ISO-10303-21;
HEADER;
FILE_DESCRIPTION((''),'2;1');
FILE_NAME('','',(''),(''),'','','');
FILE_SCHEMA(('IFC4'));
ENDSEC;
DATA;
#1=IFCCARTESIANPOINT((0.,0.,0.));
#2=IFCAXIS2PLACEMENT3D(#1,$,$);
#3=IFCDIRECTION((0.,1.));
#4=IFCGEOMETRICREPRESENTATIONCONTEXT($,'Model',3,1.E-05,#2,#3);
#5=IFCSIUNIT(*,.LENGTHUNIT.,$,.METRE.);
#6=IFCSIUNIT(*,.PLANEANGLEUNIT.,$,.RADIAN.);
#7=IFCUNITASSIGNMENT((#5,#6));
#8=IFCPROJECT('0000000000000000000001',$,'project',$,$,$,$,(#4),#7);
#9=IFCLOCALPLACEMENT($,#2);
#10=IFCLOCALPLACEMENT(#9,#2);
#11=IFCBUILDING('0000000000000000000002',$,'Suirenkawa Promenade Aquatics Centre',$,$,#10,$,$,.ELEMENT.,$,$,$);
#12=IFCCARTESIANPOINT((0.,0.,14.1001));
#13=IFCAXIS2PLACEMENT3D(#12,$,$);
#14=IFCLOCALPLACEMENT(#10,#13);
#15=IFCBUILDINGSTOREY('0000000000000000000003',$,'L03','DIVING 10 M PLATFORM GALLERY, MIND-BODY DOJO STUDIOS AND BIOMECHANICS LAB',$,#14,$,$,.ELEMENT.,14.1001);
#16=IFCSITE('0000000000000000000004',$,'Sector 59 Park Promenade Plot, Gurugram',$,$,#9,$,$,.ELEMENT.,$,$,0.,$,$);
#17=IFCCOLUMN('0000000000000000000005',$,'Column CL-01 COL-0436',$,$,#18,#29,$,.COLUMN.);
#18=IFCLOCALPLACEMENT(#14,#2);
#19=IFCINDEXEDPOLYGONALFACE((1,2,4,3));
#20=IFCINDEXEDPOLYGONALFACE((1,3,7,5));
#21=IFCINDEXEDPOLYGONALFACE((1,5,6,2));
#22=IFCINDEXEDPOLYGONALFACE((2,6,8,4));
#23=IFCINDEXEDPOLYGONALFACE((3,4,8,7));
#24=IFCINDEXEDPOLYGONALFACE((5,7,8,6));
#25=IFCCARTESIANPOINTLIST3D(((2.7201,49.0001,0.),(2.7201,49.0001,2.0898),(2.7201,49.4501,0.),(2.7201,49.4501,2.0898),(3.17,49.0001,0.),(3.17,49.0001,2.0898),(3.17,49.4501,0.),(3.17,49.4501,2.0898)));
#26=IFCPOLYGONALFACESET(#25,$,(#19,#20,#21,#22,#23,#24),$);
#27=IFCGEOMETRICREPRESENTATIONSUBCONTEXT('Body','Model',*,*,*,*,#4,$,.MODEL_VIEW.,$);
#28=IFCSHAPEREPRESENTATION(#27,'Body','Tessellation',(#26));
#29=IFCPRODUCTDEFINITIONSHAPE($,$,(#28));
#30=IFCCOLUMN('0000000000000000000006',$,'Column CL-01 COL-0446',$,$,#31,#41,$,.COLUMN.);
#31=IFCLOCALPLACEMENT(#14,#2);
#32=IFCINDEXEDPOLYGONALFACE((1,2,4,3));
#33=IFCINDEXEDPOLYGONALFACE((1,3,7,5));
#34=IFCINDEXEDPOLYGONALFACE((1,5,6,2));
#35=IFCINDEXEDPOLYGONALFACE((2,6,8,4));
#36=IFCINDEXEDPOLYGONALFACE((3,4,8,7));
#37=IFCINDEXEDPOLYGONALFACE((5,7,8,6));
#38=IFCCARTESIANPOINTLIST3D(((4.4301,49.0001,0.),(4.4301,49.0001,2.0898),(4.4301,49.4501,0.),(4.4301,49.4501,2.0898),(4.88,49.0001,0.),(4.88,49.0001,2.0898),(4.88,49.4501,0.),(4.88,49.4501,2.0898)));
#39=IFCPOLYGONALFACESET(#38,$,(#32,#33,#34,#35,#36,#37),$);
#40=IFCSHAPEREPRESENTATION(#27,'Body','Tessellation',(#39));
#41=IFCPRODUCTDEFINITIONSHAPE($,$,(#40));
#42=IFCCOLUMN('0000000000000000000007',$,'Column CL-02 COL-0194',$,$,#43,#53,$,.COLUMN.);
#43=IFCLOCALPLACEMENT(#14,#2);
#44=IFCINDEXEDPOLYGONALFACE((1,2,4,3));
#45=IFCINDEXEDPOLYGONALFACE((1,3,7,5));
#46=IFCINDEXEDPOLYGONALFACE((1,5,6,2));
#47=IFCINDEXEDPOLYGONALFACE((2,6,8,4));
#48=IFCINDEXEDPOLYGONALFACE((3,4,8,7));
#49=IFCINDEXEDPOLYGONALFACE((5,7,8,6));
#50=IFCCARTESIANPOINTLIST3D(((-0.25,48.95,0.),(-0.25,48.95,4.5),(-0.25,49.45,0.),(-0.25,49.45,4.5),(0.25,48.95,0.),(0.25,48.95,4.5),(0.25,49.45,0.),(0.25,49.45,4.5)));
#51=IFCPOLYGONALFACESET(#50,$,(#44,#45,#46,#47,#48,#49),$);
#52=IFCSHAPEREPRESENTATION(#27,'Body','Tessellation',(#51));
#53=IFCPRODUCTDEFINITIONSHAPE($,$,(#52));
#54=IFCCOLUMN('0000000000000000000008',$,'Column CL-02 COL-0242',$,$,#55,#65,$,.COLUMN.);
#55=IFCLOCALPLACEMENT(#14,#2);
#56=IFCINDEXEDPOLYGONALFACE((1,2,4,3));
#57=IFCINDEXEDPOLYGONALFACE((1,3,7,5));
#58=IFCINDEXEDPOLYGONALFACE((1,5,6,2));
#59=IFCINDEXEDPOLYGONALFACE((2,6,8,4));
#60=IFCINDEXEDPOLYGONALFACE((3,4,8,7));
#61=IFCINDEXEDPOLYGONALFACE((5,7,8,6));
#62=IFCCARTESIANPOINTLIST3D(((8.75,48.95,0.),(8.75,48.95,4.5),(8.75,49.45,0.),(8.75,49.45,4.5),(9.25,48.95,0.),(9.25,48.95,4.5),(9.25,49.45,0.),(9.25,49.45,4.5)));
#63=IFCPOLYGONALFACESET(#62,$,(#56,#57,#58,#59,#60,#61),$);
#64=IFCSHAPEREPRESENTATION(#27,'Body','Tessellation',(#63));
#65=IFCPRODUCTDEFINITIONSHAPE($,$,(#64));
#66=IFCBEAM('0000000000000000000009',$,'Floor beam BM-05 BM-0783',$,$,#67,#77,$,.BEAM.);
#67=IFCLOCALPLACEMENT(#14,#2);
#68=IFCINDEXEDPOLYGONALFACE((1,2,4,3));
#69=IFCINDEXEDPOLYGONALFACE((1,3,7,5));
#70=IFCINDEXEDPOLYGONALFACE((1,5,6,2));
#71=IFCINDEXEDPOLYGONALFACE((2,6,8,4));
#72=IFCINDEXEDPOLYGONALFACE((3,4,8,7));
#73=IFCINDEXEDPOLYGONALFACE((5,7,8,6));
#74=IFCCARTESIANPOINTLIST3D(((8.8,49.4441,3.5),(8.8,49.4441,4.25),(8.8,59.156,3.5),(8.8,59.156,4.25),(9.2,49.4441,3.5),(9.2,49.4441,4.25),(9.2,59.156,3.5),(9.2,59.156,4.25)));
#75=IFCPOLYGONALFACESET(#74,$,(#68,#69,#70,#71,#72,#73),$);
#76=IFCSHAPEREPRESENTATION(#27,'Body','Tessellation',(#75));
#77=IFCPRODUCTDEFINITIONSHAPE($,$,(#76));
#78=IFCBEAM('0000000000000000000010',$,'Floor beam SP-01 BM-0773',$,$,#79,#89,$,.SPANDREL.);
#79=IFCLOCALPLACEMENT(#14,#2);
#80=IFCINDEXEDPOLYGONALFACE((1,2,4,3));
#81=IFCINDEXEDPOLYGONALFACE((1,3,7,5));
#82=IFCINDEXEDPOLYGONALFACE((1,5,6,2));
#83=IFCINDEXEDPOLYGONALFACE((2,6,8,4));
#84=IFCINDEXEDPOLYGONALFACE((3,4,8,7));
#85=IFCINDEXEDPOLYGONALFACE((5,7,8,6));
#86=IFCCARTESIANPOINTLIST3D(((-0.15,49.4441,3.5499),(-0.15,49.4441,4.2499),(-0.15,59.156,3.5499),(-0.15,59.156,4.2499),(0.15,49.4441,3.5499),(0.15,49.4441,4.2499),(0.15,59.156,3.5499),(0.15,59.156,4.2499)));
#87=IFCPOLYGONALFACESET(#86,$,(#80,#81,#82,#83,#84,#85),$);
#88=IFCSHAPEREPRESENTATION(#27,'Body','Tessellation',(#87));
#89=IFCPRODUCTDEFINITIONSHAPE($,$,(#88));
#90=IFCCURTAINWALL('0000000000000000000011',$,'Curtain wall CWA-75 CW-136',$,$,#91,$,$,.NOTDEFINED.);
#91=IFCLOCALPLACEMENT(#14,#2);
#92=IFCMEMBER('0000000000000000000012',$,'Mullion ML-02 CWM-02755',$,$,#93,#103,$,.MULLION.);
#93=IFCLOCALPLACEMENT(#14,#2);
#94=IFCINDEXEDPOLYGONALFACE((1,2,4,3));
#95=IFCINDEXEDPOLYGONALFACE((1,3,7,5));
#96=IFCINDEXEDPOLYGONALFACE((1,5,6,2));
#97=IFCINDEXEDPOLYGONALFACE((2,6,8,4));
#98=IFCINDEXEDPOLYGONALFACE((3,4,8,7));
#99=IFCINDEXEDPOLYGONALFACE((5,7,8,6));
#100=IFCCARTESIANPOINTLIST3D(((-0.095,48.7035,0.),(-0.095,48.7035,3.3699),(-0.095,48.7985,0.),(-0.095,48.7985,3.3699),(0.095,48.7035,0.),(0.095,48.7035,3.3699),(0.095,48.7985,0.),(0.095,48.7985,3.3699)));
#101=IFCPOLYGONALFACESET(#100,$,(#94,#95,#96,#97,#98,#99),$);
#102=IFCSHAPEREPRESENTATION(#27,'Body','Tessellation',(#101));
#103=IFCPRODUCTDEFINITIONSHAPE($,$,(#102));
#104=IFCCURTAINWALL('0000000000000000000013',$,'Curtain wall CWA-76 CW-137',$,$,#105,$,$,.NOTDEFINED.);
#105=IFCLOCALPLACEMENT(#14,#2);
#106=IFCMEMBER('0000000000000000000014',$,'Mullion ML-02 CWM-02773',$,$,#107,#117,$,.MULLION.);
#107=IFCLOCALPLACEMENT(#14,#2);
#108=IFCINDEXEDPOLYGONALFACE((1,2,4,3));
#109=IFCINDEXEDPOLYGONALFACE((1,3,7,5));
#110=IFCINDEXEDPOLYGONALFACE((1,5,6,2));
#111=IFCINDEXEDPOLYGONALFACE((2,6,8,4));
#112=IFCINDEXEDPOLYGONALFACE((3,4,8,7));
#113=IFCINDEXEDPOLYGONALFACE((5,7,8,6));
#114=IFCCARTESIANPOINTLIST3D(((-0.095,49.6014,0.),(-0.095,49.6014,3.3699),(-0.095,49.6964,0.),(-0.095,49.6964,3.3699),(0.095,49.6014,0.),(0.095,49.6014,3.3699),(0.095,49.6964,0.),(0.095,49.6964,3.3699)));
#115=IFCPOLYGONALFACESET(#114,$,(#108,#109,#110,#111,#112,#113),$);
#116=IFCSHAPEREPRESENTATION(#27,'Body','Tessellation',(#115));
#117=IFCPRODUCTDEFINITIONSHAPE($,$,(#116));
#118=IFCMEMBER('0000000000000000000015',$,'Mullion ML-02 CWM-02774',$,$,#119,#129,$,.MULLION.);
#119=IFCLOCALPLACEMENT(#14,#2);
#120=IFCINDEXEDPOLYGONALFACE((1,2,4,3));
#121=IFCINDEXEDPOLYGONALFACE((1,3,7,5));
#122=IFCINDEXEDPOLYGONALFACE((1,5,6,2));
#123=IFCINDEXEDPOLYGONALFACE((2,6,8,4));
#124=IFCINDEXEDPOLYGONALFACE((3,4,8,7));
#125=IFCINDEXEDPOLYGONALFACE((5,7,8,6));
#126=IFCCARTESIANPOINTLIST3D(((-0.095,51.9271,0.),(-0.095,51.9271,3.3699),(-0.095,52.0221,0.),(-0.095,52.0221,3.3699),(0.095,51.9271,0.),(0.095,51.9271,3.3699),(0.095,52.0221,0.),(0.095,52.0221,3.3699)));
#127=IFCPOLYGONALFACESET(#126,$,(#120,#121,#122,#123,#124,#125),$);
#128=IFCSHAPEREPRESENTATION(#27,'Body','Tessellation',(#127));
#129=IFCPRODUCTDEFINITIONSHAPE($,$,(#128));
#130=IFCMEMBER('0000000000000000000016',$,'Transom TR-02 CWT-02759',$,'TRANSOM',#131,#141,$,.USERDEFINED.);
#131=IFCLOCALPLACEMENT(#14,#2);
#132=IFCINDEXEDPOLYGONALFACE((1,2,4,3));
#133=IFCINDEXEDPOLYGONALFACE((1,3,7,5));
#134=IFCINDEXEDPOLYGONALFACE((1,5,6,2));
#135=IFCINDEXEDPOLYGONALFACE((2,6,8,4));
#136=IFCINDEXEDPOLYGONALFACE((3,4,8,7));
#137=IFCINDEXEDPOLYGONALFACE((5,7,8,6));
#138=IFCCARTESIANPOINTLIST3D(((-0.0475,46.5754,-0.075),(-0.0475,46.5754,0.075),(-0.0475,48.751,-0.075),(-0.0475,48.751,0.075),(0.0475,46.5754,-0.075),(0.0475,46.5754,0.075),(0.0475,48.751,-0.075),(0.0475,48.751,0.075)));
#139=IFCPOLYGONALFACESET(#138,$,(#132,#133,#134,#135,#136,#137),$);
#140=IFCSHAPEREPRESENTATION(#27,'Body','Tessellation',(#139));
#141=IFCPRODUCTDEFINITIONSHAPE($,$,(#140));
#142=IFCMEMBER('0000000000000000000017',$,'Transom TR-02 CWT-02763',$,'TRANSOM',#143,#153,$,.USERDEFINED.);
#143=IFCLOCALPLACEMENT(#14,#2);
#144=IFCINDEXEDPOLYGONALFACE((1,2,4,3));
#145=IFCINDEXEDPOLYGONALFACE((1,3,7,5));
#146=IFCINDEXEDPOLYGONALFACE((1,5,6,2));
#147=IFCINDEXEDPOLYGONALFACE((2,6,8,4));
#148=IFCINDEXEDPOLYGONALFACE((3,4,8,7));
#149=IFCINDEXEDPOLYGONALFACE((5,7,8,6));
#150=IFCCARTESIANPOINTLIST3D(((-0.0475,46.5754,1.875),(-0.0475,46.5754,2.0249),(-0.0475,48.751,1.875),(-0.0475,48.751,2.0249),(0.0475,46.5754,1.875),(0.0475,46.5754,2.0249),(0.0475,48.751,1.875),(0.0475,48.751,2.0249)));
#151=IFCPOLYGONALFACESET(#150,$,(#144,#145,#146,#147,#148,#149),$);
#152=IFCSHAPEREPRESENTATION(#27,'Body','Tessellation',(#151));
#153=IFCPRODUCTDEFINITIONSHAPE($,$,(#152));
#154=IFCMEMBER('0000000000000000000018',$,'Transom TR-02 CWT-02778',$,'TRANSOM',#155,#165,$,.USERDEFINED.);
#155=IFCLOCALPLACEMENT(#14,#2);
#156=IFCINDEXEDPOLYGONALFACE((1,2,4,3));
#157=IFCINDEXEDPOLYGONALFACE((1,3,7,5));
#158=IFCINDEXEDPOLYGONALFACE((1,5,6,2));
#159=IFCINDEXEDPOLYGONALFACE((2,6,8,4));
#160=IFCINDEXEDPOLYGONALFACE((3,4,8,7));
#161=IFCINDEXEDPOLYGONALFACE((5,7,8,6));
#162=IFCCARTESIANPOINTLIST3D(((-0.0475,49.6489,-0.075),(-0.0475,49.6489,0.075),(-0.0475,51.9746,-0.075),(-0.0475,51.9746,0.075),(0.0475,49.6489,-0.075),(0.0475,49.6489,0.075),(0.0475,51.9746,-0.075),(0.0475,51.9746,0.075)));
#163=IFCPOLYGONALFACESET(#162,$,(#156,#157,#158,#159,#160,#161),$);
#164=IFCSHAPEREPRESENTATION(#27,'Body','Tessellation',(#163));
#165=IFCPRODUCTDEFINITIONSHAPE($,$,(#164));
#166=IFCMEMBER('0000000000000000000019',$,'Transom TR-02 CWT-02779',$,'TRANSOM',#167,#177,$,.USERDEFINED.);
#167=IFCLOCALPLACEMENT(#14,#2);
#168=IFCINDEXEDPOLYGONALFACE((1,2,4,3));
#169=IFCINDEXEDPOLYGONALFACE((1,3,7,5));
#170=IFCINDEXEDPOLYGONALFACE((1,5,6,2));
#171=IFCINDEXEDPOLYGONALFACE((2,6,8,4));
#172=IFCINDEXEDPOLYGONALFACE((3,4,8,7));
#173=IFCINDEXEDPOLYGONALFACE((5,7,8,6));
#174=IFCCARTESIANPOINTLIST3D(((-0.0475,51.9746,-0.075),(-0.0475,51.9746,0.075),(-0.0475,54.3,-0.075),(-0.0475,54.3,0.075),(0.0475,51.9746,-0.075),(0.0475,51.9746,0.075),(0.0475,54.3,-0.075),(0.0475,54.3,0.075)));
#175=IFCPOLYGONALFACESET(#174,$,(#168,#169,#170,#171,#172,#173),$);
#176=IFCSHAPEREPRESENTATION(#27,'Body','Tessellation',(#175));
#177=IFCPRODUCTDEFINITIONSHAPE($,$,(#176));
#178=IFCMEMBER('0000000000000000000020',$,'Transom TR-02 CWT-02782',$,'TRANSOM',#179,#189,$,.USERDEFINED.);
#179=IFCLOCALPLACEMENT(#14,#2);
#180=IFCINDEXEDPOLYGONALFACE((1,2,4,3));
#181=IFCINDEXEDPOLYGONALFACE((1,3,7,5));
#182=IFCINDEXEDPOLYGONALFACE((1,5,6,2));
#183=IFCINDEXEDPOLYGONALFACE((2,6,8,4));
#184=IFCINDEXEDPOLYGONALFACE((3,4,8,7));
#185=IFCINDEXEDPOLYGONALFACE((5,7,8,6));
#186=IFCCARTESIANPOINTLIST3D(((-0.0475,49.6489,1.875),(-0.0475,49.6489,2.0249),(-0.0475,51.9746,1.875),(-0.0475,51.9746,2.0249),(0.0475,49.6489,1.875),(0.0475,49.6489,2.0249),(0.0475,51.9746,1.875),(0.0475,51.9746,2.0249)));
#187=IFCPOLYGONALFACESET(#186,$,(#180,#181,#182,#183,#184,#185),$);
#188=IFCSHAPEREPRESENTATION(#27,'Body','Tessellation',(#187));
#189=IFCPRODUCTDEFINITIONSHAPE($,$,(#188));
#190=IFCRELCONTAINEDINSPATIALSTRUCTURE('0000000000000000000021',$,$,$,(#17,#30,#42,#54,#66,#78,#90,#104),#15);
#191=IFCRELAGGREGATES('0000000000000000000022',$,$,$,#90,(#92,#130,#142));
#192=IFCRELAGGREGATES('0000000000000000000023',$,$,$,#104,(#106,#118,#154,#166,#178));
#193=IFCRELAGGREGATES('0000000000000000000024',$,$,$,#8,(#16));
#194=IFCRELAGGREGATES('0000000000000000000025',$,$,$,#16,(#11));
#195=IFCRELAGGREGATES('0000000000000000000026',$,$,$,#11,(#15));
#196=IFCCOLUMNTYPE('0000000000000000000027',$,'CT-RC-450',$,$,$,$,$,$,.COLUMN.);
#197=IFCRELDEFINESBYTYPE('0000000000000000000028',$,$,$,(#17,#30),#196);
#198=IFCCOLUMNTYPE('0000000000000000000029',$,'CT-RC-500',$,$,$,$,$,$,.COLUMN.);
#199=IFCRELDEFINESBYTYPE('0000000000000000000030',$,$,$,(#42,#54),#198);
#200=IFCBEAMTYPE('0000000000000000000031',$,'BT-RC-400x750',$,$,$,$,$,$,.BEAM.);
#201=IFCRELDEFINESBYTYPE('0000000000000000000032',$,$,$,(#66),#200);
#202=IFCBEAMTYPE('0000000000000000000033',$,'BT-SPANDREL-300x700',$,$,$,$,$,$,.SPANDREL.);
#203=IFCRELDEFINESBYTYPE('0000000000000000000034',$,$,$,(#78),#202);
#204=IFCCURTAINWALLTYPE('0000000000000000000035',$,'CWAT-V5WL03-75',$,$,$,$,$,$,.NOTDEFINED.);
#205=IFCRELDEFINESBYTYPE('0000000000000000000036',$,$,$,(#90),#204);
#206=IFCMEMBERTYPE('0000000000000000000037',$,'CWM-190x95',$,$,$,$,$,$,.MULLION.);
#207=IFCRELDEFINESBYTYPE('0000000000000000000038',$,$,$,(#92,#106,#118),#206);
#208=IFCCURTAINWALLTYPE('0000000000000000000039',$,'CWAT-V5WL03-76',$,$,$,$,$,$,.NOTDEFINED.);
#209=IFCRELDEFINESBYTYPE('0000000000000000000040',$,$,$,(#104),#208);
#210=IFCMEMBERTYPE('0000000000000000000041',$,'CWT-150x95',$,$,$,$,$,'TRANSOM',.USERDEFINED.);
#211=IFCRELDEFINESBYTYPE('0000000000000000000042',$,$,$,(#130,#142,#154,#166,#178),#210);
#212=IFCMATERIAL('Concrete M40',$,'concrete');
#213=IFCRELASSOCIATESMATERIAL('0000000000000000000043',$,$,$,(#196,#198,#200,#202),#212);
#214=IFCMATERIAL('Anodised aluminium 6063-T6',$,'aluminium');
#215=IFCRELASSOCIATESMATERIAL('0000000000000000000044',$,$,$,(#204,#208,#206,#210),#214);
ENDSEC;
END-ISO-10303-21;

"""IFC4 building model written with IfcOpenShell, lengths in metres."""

from ifc_helpers import new_model, si_unit, direction, frame, origin, origin_2d, place, context, subcontext, project, spatial, rectangle, extrude, material, material_profile, profile_set, type_object, element, aggregate, save


model = new_model("IFC4")

# Units and contexts
model_context = context("Model", 3, precision=1e-05, world=origin(), true_north=direction((0.0, 1.0)))
body_context = subcontext(model_context, "Body", "Model", "MODEL_VIEW")
ifc_project = project(units=[si_unit("LENGTHUNIT", "METRE"), si_unit("PLANEANGLEUNIT", "RADIAN")], contexts=[model_context])

# Site, building, storey
site_placement = place(None, origin())
site = spatial("IfcSite", under=ifc_project, at=site_placement, Name="Sector 59 Park Promenade Plot, Gurugram", CompositionType="ELEMENT", RefElevation=0.0)
building_placement = place(site_placement, origin())
building = spatial("IfcBuilding", under=site, at=building_placement, Name="Suirenkawa Promenade Aquatics Centre", CompositionType="ELEMENT")
storey_placement = place(building_placement, frame((0.0, 0.0, 14.1001)))
storey = spatial("IfcBuildingStorey", under=building, at=storey_placement, Name="L03", Description="DIVING 10 M PLATFORM GALLERY, MIND-BODY DOJO STUDIOS AND BIOMECHANICS LAB", CompositionType="ELEMENT", Elevation=14.1001)

# Columns
ifc_material_1 = material(Name="Concrete M40", Category="concrete")
ifc_material_profile_1 = material_profile(ifc_material_1, rectangle(XDim=0.45, YDim=0.45, at=origin_2d()), Name="RC COL 450x450", Category="concrete")
ifc_profile_set_1 = profile_set([ifc_material_profile_1], Name="Concrete M40")
column_type_1 = type_object("IfcColumnType", Name="CT-RC-450", PredefinedType="COLUMN", material=ifc_profile_set_1)
for number, where, z_axis, x_axis, name in (
    (1, (2.9451, 49.2251, 0.0), (0.0, 0.0, 1.0), (1.0, 0.0, 0.0), "Column CL-01 COL-0436"),
    (2, (4.655, 49.2251, 0.0), (0.0, 0.0, 1.0), (1.0, 0.0, 0.0), "Column CL-01 COL-0446"),
):
    element("IfcColumn", number, at=place(storey_placement, frame(where, z_axis=z_axis, x_axis=x_axis)), inside=storey, type_object=column_type_1, Name=name, PredefinedType="COLUMN", context=body_context, shape_type="SweptSolid", body=[
        extrude(rectangle(XDim=0.45, YDim=0.45, at=origin_2d()), origin(), (0.0, 0.0, 1.0), 2.0898),
    ])
ifc_material_profile_2 = material_profile(ifc_material_1, rectangle(XDim=0.5, YDim=0.5, at=origin_2d()), Name="RC COL 500x500", Category="concrete")
ifc_profile_set_2 = profile_set([ifc_material_profile_2], Name="Concrete M40")
column_type_2 = type_object("IfcColumnType", Name="CT-RC-500", PredefinedType="COLUMN", material=ifc_profile_set_2)
for number, where, z_axis, x_axis, name in (
    (3, (0.0, 49.2, 0.0), (0.0, 0.0, 1.0), (1.0, 0.0, 0.0), "Column CL-02 COL-0194"),
    (4, (9.0, 49.2, 0.0), (0.0, 0.0, 1.0), (1.0, 0.0, 0.0), "Column CL-02 COL-0242"),
):
    element("IfcColumn", number, at=place(storey_placement, frame(where, z_axis=z_axis, x_axis=x_axis)), inside=storey, type_object=column_type_2, Name=name, PredefinedType="COLUMN", context=body_context, shape_type="SweptSolid", body=[
        extrude(rectangle(XDim=0.5, YDim=0.5, at=origin_2d()), origin(), (0.0, 0.0, 1.0), 4.5),
    ])

# Beams
ifc_material_profile_3 = material_profile(ifc_material_1, rectangle(XDim=0.3999, YDim=0.75, at=origin_2d()), Name="RC BM 400x750", Category="concrete")
ifc_profile_set_3 = profile_set([ifc_material_profile_3], Name="Concrete M40")
beam_type_1 = type_object("IfcBeamType", Name="BT-RC-400x750", PredefinedType="BEAM", material=ifc_profile_set_3)
beam_1_placement = place(storey_placement, frame((9.0, 49.4441, 3.875), z_axis=(0.0, 1.0, 0.0), x_axis=(-1.0, 0.0, 0.0)))
element("IfcBeam", 5, at=beam_1_placement, inside=storey, type_object=beam_type_1, Name="Floor beam BM-05 BM-0783", PredefinedType="BEAM", context=body_context, shape_type="SweptSolid", body=[
    extrude(rectangle(XDim=0.3999, YDim=0.75, at=origin_2d()), origin(), (0.0, 0.0, 1.0), 9.7119),
])
ifc_material_profile_4 = material_profile(ifc_material_1, rectangle(XDim=0.3, YDim=0.7, at=origin_2d()), Name="RC SPANDREL 300x700", Category="concrete")
ifc_profile_set_4 = profile_set([ifc_material_profile_4], Name="Concrete M40")
beam_type_2 = type_object("IfcBeamType", Name="BT-SPANDREL-300x700", PredefinedType="SPANDREL", material=ifc_profile_set_4)
beam_2_placement = place(storey_placement, frame((0.0, 49.4441, 3.8999), z_axis=(0.0, 1.0, 0.0), x_axis=(-1.0, 0.0, 0.0)))
element("IfcBeam", 6, at=beam_2_placement, inside=storey, type_object=beam_type_2, Name="Floor beam SP-01 BM-0773", PredefinedType="SPANDREL", context=body_context, shape_type="SweptSolid", body=[
    extrude(rectangle(XDim=0.3, YDim=0.7, at=origin_2d()), origin(), (0.0, 0.0, 1.0), 9.7119),
])

# Curtain wall, member
ifc_material_2 = material(Name="Anodised aluminium 6063-T6", Category="aluminium")
curtain_wall_type_1 = type_object("IfcCurtainWallType", Name="CWAT-V5WL03-75", PredefinedType="NOTDEFINED", material=ifc_material_2)
curtain_wall_1_placement = place(storey_placement, origin())
curtain_wall_1 = element("IfcCurtainWall", 7, at=curtain_wall_1_placement, inside=storey, type_object=curtain_wall_type_1, Name="Curtain wall CWA-75 CW-136", PredefinedType="NOTDEFINED")
ifc_material_profile_5 = material_profile(ifc_material_2, rectangle(XDim=0.095, YDim=0.1899, at=origin_2d()), Name="ALU MULL 95x190", Category="aluminium")
ifc_profile_set_5 = profile_set([ifc_material_profile_5], Name="Anodised aluminium 6063-T6")
member_type_1 = type_object("IfcMemberType", Name="CWM-190x95", PredefinedType="MULLION", material=ifc_profile_set_5)
member_1_placement = place(storey_placement, frame((0.0, 48.751, 0.0), z_axis=(0.0, 0.0, 1.0), x_axis=(0.0, 1.0, 0.0)))
member_1 = element("IfcMember", 8, at=member_1_placement, type_object=member_type_1, Name="Mullion ML-02 CWM-02755", PredefinedType="MULLION", context=body_context, shape_type="SweptSolid", body=[
    extrude(rectangle(XDim=0.095, YDim=0.1899, at=origin_2d()), origin(), (0.0, 0.0, 1.0), 3.3699),
])

# Curtain wall, members
curtain_wall_type_2 = type_object("IfcCurtainWallType", Name="CWAT-V5WL03-76", PredefinedType="NOTDEFINED", material=ifc_material_2)
curtain_wall_2_placement = place(storey_placement, origin())
curtain_wall_2 = element("IfcCurtainWall", 9, at=curtain_wall_2_placement, inside=storey, type_object=curtain_wall_type_2, Name="Curtain wall CWA-76 CW-137", PredefinedType="NOTDEFINED")
member_2_placement = place(storey_placement, frame((0.0, 49.6489, 0.0), z_axis=(0.0, 0.0, 1.0), x_axis=(0.0, 1.0, 0.0)))
member_2 = element("IfcMember", 10, at=member_2_placement, type_object=member_type_1, Name="Mullion ML-02 CWM-02773", PredefinedType="MULLION", context=body_context, shape_type="SweptSolid", body=[
    extrude(rectangle(XDim=0.095, YDim=0.1899, at=origin_2d()), origin(), (0.0, 0.0, 1.0), 3.3699),
])
member_3_placement = place(storey_placement, frame((0.0, 51.9746, 0.0), z_axis=(0.0, 0.0, 1.0), x_axis=(0.0, 1.0, 0.0)))
member_3 = element("IfcMember", 11, at=member_3_placement, type_object=member_type_1, Name="Mullion ML-02 CWM-02774", PredefinedType="MULLION", context=body_context, shape_type="SweptSolid", body=[
    extrude(rectangle(XDim=0.095, YDim=0.1899, at=origin_2d()), origin(), (0.0, 0.0, 1.0), 3.3699),
])

# Members
ifc_material_profile_6 = material_profile(ifc_material_2, rectangle(XDim=0.095, YDim=0.1499, at=origin_2d()), Name="ALU TRAN 95x150", Category="aluminium")
ifc_profile_set_6 = profile_set([ifc_material_profile_6], Name="Anodised aluminium 6063-T6")
member_type_2 = type_object("IfcMemberType", Name="CWT-150x95", ElementType="TRANSOM", PredefinedType="USERDEFINED", material=ifc_profile_set_6)
member_4_placement = place(storey_placement, frame((0.0, 46.5754, 0.0), z_axis=(0.0, 1.0, 0.0), x_axis=(-1.0, 0.0, 0.0)))
member_4 = element("IfcMember", 12, at=member_4_placement, type_object=member_type_2, Name="Transom TR-02 CWT-02759", ObjectType="TRANSOM", PredefinedType="USERDEFINED", context=body_context, shape_type="SweptSolid", body=[
    extrude(rectangle(XDim=0.095, YDim=0.1499, at=origin_2d()), origin(), (0.0, 0.0, 1.0), 2.1755),
])
member_5_placement = place(storey_placement, frame((0.0, 46.5754, 1.95), z_axis=(0.0, 1.0, 0.0), x_axis=(-1.0, 0.0, 0.0)))
member_5 = element("IfcMember", 13, at=member_5_placement, type_object=member_type_2, Name="Transom TR-02 CWT-02763", ObjectType="TRANSOM", PredefinedType="USERDEFINED", context=body_context, shape_type="SweptSolid", body=[
    extrude(rectangle(XDim=0.095, YDim=0.1499, at=origin_2d()), origin(), (0.0, 0.0, 1.0), 2.1755),
])
member_6_placement = place(storey_placement, frame((0.0, 49.6489, 0.0), z_axis=(0.0, 1.0, 0.0), x_axis=(-1.0, 0.0, 0.0)))
member_6 = element("IfcMember", 14, at=member_6_placement, type_object=member_type_2, Name="Transom TR-02 CWT-02778", ObjectType="TRANSOM", PredefinedType="USERDEFINED", context=body_context, shape_type="SweptSolid", body=[
    extrude(rectangle(XDim=0.095, YDim=0.1499, at=origin_2d()), origin(), (0.0, 0.0, 1.0), 2.3257),
])
member_7_placement = place(storey_placement, frame((0.0, 51.9746, 0.0), z_axis=(0.0, 1.0, 0.0), x_axis=(-1.0, 0.0, 0.0)))
member_7 = element("IfcMember", 15, at=member_7_placement, type_object=member_type_2, Name="Transom TR-02 CWT-02779", ObjectType="TRANSOM", PredefinedType="USERDEFINED", context=body_context, shape_type="SweptSolid", body=[
    extrude(rectangle(XDim=0.095, YDim=0.1499, at=origin_2d()), origin(), (0.0, 0.0, 1.0), 2.3254),
])
member_8_placement = place(storey_placement, frame((0.0, 49.6489, 1.95), z_axis=(0.0, 1.0, 0.0), x_axis=(-1.0, 0.0, 0.0)))
member_8 = element("IfcMember", 16, at=member_8_placement, type_object=member_type_2, Name="Transom TR-02 CWT-02782", ObjectType="TRANSOM", PredefinedType="USERDEFINED", context=body_context, shape_type="SweptSolid", body=[
    extrude(rectangle(XDim=0.095, YDim=0.1499, at=origin_2d()), origin(), (0.0, 0.0, 1.0), 2.3257),
])

aggregate(curtain_wall_1, [member_1, member_4, member_5])
aggregate(curtain_wall_2, [member_2, member_3, member_6, member_7, member_8])

save(model, "model.ifc")
